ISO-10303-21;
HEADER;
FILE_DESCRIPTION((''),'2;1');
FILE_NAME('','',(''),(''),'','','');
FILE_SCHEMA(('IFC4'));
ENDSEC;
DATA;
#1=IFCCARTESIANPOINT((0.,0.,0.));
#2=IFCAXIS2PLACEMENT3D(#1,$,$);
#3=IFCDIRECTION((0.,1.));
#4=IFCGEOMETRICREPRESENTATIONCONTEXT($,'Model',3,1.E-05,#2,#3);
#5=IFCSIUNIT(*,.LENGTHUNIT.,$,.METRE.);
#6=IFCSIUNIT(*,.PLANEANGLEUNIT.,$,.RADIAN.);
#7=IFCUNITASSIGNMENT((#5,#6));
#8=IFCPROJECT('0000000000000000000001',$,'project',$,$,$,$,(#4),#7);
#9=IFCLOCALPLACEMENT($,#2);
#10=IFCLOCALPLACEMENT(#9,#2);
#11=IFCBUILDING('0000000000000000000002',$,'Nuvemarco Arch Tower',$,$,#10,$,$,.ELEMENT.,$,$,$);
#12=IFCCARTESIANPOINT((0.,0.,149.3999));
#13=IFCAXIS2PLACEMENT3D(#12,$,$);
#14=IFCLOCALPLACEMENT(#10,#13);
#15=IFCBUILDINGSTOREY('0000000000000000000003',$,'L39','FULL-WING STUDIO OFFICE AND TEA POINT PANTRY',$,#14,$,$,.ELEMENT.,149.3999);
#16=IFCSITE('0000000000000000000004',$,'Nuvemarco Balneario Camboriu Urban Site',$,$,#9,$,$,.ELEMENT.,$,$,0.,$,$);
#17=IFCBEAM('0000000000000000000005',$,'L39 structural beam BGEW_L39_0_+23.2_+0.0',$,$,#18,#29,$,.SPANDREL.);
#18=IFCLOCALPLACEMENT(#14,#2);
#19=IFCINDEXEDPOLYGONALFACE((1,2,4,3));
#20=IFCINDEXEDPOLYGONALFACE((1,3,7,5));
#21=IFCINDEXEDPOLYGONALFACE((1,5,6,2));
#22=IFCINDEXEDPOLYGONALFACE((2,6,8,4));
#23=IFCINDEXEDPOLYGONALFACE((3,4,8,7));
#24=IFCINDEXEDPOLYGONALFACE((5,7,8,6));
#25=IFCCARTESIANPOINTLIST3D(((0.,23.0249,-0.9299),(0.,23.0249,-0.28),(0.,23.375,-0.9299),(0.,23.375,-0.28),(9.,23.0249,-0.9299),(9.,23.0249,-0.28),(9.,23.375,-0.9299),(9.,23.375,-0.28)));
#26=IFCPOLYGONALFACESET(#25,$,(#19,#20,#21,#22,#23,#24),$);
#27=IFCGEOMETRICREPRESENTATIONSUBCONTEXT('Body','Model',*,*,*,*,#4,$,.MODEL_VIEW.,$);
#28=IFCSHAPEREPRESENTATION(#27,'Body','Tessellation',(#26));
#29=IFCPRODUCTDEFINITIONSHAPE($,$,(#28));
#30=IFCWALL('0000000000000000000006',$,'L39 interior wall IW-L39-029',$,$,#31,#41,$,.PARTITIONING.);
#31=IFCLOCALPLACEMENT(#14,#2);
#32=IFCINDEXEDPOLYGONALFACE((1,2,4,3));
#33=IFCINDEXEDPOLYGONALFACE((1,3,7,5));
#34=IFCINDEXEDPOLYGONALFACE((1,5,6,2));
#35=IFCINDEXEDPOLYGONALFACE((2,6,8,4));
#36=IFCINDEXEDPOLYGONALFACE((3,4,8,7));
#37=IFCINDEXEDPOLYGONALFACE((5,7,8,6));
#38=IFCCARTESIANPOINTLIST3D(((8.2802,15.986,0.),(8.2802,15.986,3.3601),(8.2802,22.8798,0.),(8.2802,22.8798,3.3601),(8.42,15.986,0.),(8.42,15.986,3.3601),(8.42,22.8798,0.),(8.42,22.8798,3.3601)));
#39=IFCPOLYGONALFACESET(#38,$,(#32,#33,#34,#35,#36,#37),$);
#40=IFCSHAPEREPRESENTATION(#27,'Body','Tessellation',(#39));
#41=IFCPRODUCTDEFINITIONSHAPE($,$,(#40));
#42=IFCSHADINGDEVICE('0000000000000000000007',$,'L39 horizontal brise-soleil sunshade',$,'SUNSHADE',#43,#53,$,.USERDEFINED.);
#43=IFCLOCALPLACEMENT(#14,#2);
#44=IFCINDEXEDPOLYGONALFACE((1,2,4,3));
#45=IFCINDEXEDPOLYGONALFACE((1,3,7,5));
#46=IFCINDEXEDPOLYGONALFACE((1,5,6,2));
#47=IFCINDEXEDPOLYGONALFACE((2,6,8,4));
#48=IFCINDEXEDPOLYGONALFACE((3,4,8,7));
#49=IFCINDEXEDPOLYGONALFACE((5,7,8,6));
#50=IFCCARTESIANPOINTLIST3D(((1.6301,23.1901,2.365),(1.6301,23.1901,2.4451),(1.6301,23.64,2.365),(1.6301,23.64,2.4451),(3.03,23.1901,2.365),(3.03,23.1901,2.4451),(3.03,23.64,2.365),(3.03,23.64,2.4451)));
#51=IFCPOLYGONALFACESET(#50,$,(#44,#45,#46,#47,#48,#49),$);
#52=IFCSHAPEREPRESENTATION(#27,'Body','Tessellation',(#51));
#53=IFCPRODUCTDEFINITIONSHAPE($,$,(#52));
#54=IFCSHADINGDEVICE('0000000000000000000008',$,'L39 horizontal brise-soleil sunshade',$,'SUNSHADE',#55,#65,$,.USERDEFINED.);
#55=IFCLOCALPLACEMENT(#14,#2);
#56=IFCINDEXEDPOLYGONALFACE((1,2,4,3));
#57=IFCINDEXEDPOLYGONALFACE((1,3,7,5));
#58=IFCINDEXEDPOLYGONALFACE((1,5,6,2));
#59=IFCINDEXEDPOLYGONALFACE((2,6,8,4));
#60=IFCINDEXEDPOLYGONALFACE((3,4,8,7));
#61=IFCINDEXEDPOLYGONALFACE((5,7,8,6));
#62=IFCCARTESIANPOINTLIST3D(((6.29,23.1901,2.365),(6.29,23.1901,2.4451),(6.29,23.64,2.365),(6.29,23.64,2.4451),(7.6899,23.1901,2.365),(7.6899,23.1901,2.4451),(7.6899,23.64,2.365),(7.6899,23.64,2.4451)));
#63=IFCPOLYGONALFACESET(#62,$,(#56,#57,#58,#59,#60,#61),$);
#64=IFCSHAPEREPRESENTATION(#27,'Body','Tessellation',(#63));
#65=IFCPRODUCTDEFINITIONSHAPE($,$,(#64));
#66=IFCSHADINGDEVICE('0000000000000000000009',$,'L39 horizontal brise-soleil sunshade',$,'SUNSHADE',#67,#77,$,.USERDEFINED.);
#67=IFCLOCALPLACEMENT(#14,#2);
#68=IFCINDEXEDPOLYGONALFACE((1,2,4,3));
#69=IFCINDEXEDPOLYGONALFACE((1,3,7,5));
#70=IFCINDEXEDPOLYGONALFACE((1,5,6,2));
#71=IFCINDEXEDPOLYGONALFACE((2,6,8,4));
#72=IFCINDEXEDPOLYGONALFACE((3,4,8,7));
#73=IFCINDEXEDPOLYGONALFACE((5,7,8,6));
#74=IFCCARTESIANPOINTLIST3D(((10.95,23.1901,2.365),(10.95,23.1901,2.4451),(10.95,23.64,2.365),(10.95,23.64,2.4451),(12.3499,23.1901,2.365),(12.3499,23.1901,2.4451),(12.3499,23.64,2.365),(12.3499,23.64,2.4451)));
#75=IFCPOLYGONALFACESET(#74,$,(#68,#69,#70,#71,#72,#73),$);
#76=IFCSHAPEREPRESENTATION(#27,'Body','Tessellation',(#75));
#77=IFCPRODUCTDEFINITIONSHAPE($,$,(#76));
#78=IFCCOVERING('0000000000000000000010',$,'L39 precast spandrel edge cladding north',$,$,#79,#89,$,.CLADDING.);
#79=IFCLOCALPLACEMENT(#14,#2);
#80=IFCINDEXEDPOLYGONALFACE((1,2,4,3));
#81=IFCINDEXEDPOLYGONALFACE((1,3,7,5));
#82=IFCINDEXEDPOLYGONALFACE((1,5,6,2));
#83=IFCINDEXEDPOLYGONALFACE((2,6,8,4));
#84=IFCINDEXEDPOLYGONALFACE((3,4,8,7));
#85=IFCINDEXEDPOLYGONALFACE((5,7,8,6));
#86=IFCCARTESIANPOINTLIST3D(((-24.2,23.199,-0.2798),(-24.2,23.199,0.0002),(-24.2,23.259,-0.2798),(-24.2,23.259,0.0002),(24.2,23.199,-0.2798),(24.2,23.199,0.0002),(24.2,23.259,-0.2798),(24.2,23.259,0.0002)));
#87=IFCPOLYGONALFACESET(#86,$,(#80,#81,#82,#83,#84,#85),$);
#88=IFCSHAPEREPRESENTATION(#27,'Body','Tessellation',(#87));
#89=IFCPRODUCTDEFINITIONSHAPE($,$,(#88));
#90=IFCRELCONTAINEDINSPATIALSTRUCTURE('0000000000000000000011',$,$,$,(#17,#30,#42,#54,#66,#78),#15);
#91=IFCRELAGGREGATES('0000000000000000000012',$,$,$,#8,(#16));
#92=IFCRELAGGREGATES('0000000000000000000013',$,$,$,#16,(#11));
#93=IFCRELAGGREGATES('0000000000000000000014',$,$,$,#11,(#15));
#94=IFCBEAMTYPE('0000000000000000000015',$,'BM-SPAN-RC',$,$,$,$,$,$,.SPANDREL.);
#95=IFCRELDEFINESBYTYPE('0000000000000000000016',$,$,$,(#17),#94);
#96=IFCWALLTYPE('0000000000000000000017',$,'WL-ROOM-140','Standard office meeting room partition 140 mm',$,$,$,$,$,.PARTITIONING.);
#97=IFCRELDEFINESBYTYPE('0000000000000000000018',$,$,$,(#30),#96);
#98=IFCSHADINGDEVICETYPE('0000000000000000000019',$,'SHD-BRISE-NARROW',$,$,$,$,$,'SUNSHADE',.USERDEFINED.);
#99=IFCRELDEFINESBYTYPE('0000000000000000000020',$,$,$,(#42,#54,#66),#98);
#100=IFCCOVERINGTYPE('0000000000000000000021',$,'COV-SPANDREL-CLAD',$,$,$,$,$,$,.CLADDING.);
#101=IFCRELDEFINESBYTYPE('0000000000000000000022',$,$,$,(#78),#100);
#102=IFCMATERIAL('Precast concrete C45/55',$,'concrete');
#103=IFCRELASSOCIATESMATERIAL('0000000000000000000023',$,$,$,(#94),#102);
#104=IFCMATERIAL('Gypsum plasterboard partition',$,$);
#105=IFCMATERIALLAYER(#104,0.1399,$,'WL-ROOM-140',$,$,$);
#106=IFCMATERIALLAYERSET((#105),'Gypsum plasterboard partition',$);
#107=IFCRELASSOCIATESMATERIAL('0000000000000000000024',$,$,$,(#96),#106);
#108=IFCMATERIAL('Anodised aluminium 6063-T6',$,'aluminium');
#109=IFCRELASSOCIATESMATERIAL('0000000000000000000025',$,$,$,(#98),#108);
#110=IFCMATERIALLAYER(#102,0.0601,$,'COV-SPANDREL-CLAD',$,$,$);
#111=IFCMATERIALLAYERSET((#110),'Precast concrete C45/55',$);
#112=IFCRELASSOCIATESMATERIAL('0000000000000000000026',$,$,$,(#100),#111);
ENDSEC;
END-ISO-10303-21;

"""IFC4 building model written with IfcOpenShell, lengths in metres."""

from ifc_helpers import new_model, si_unit, direction, frame, frame_2d, origin, origin_2d, place, context, subcontext, project, spatial, rectangle, extrude, source, transform, mapped, material, layer, layer_set, material_profile, profile_set, type_object, type_shapes, element, save


model = new_model("IFC4")

# Units and contexts
model_context = context("Model", 3, precision=1e-05, world=origin(), true_north=direction((0.0, 1.0)))
body_context = subcontext(model_context, "Body", "Model", "MODEL_VIEW")
ifc_project = project(units=[si_unit("LENGTHUNIT", "METRE"), si_unit("PLANEANGLEUNIT", "RADIAN")], contexts=[model_context])

# Site, building, storey
site_placement = place(None, origin())
site = spatial("IfcSite", under=ifc_project, at=site_placement, Name="Nuvemarco Balneario Camboriu Urban Site", CompositionType="ELEMENT", RefElevation=0.0)
building_placement = place(site_placement, origin())
building = spatial("IfcBuilding", under=site, at=building_placement, Name="Nuvemarco Arch Tower", CompositionType="ELEMENT")
storey_placement = place(building_placement, frame((0.0, 0.0, 149.3999)))
storey = spatial("IfcBuildingStorey", under=building, at=storey_placement, Name="L39", Description="FULL-WING STUDIO OFFICE AND TEA POINT PANTRY", CompositionType="ELEMENT", Elevation=149.3999)

# Beam
ifc_material_1 = material(Name="Precast concrete C45/55", Category="concrete")
ifc_material_profile_1 = material_profile(ifc_material_1, rectangle(XDim=0.3501, YDim=0.6499, at=origin_2d()), Name="PC-SP-350x650")
ifc_profile_set_1 = profile_set([ifc_material_profile_1], Name="Precast concrete C45/55")
beam_type_1 = type_object("IfcBeamType", Name="BM-SPAN-RC", PredefinedType="SPANDREL", material=ifc_profile_set_1)
beam_1_placement = place(storey_placement, frame((0.0, 23.2, -0.605), z_axis=(1.0, 0.0, 0.0), x_axis=(0.0, 1.0, 0.0)))
element("IfcBeam", 1, at=beam_1_placement, inside=storey, type_object=beam_type_1, Name="L39 structural beam BGEW_L39_0_+23.2_+0.0", PredefinedType="SPANDREL", context=body_context, shape_type="SweptSolid", body=[
    extrude(rectangle(XDim=0.3501, YDim=0.6499, at=origin_2d()), origin(), (0.0, 0.0, 1.0), 9.0),
])

# Wall
ifc_material_2 = material(Name="Gypsum plasterboard partition")
ifc_layer_1 = layer(ifc_material_2, 0.1399, Name="WL-ROOM-140")
ifc_layer_set_1 = layer_set([ifc_layer_1], Name="Gypsum plasterboard partition")
wall_type = type_object("IfcWallType", Name="WL-ROOM-140", Description="Standard office meeting room partition 140 mm", PredefinedType="PARTITIONING", material=ifc_layer_set_1)
wall_placement = place(storey_placement, frame((8.3501, 15.9861, 0.0), z_axis=(0.0, 0.0, 1.0), x_axis=(0.0, 1.0, 0.0)))
element("IfcWall", 2, at=wall_placement, inside=storey, type_object=wall_type, Name="L39 interior wall IW-L39-029", PredefinedType="PARTITIONING", context=body_context, shape_type="SweptSolid", body=[
    extrude(rectangle(XDim=6.8938, YDim=0.1399, at=frame_2d((3.4468, 0.0))), origin(), (0.0, 0.0, 1.0), 3.3601),
])

# Shading devices
ifc_material_3 = material(Name="Anodised aluminium 6063-T6", Category="aluminium")
shading_device_type = type_object("IfcShadingDeviceType", Name="SHD-BRISE-NARROW", ElementType="SUNSHADE", PredefinedType="USERDEFINED", material=ifc_material_3)
shared_shape_1 = source(origin(), body_context, "Body", "SweptSolid", [
    extrude(rectangle(XDim=1.3999, YDim=0.45, at=origin_2d()), origin(), (0.0, 0.0, 1.0), 0.0801),
])
type_shapes(shading_device_type, [shared_shape_1])
for number, where, z_axis, x_axis, name in (
    (3, (2.3301, 23.415, 2.365), (0.0, 0.0, 1.0), (1.0, 0.0, 0.0), "L39 horizontal brise-soleil sunshade"),
    (4, (6.99, 23.415, 2.365), (0.0, 0.0, 1.0), (1.0, 0.0, 0.0), "L39 horizontal brise-soleil sunshade"),
    (5, (11.6499, 23.415, 2.365), (0.0, 0.0, 1.0), (1.0, 0.0, 0.0), "L39 horizontal brise-soleil sunshade"),
):
    element("IfcShadingDevice", number, at=place(storey_placement, frame(where, z_axis=z_axis, x_axis=x_axis)), inside=storey, type_object=shading_device_type, Name=name, ObjectType="SUNSHADE", PredefinedType="USERDEFINED", context=body_context, shape_type="MappedRepresentation", body=[
        mapped(shared_shape_1, transform((0.0, 0.0, 0.0), scale=1.0)),
    ])

# Covering
ifc_layer_2 = layer(ifc_material_1, 0.0601, Name="COV-SPANDREL-CLAD")
ifc_layer_set_2 = layer_set([ifc_layer_2], Name="Precast concrete C45/55")
covering_type = type_object("IfcCoveringType", Name="COV-SPANDREL-CLAD", PredefinedType="CLADDING", material=ifc_layer_set_2)
shared_shape_2 = source(origin(), body_context, "Body", "SweptSolid", [
    extrude(rectangle(XDim=48.3999, YDim=0.0601, at=origin_2d()), origin(), (0.0, 0.0, 1.0), 0.28),
])
type_shapes(covering_type, [shared_shape_2])
covering_placement = place(storey_placement, frame((0.0, 23.229, -0.2798), z_axis=(0.0, 0.0, 1.0), x_axis=(1.0, 0.0, 0.0)))
element("IfcCovering", 6, at=covering_placement, inside=storey, type_object=covering_type, Name="L39 precast spandrel edge cladding north", PredefinedType="CLADDING", context=body_context, shape_type="MappedRepresentation", body=[
    mapped(shared_shape_2, transform((0.0, 0.0, 0.0), scale=1.0)),
])

save(model, "model.ifc")
